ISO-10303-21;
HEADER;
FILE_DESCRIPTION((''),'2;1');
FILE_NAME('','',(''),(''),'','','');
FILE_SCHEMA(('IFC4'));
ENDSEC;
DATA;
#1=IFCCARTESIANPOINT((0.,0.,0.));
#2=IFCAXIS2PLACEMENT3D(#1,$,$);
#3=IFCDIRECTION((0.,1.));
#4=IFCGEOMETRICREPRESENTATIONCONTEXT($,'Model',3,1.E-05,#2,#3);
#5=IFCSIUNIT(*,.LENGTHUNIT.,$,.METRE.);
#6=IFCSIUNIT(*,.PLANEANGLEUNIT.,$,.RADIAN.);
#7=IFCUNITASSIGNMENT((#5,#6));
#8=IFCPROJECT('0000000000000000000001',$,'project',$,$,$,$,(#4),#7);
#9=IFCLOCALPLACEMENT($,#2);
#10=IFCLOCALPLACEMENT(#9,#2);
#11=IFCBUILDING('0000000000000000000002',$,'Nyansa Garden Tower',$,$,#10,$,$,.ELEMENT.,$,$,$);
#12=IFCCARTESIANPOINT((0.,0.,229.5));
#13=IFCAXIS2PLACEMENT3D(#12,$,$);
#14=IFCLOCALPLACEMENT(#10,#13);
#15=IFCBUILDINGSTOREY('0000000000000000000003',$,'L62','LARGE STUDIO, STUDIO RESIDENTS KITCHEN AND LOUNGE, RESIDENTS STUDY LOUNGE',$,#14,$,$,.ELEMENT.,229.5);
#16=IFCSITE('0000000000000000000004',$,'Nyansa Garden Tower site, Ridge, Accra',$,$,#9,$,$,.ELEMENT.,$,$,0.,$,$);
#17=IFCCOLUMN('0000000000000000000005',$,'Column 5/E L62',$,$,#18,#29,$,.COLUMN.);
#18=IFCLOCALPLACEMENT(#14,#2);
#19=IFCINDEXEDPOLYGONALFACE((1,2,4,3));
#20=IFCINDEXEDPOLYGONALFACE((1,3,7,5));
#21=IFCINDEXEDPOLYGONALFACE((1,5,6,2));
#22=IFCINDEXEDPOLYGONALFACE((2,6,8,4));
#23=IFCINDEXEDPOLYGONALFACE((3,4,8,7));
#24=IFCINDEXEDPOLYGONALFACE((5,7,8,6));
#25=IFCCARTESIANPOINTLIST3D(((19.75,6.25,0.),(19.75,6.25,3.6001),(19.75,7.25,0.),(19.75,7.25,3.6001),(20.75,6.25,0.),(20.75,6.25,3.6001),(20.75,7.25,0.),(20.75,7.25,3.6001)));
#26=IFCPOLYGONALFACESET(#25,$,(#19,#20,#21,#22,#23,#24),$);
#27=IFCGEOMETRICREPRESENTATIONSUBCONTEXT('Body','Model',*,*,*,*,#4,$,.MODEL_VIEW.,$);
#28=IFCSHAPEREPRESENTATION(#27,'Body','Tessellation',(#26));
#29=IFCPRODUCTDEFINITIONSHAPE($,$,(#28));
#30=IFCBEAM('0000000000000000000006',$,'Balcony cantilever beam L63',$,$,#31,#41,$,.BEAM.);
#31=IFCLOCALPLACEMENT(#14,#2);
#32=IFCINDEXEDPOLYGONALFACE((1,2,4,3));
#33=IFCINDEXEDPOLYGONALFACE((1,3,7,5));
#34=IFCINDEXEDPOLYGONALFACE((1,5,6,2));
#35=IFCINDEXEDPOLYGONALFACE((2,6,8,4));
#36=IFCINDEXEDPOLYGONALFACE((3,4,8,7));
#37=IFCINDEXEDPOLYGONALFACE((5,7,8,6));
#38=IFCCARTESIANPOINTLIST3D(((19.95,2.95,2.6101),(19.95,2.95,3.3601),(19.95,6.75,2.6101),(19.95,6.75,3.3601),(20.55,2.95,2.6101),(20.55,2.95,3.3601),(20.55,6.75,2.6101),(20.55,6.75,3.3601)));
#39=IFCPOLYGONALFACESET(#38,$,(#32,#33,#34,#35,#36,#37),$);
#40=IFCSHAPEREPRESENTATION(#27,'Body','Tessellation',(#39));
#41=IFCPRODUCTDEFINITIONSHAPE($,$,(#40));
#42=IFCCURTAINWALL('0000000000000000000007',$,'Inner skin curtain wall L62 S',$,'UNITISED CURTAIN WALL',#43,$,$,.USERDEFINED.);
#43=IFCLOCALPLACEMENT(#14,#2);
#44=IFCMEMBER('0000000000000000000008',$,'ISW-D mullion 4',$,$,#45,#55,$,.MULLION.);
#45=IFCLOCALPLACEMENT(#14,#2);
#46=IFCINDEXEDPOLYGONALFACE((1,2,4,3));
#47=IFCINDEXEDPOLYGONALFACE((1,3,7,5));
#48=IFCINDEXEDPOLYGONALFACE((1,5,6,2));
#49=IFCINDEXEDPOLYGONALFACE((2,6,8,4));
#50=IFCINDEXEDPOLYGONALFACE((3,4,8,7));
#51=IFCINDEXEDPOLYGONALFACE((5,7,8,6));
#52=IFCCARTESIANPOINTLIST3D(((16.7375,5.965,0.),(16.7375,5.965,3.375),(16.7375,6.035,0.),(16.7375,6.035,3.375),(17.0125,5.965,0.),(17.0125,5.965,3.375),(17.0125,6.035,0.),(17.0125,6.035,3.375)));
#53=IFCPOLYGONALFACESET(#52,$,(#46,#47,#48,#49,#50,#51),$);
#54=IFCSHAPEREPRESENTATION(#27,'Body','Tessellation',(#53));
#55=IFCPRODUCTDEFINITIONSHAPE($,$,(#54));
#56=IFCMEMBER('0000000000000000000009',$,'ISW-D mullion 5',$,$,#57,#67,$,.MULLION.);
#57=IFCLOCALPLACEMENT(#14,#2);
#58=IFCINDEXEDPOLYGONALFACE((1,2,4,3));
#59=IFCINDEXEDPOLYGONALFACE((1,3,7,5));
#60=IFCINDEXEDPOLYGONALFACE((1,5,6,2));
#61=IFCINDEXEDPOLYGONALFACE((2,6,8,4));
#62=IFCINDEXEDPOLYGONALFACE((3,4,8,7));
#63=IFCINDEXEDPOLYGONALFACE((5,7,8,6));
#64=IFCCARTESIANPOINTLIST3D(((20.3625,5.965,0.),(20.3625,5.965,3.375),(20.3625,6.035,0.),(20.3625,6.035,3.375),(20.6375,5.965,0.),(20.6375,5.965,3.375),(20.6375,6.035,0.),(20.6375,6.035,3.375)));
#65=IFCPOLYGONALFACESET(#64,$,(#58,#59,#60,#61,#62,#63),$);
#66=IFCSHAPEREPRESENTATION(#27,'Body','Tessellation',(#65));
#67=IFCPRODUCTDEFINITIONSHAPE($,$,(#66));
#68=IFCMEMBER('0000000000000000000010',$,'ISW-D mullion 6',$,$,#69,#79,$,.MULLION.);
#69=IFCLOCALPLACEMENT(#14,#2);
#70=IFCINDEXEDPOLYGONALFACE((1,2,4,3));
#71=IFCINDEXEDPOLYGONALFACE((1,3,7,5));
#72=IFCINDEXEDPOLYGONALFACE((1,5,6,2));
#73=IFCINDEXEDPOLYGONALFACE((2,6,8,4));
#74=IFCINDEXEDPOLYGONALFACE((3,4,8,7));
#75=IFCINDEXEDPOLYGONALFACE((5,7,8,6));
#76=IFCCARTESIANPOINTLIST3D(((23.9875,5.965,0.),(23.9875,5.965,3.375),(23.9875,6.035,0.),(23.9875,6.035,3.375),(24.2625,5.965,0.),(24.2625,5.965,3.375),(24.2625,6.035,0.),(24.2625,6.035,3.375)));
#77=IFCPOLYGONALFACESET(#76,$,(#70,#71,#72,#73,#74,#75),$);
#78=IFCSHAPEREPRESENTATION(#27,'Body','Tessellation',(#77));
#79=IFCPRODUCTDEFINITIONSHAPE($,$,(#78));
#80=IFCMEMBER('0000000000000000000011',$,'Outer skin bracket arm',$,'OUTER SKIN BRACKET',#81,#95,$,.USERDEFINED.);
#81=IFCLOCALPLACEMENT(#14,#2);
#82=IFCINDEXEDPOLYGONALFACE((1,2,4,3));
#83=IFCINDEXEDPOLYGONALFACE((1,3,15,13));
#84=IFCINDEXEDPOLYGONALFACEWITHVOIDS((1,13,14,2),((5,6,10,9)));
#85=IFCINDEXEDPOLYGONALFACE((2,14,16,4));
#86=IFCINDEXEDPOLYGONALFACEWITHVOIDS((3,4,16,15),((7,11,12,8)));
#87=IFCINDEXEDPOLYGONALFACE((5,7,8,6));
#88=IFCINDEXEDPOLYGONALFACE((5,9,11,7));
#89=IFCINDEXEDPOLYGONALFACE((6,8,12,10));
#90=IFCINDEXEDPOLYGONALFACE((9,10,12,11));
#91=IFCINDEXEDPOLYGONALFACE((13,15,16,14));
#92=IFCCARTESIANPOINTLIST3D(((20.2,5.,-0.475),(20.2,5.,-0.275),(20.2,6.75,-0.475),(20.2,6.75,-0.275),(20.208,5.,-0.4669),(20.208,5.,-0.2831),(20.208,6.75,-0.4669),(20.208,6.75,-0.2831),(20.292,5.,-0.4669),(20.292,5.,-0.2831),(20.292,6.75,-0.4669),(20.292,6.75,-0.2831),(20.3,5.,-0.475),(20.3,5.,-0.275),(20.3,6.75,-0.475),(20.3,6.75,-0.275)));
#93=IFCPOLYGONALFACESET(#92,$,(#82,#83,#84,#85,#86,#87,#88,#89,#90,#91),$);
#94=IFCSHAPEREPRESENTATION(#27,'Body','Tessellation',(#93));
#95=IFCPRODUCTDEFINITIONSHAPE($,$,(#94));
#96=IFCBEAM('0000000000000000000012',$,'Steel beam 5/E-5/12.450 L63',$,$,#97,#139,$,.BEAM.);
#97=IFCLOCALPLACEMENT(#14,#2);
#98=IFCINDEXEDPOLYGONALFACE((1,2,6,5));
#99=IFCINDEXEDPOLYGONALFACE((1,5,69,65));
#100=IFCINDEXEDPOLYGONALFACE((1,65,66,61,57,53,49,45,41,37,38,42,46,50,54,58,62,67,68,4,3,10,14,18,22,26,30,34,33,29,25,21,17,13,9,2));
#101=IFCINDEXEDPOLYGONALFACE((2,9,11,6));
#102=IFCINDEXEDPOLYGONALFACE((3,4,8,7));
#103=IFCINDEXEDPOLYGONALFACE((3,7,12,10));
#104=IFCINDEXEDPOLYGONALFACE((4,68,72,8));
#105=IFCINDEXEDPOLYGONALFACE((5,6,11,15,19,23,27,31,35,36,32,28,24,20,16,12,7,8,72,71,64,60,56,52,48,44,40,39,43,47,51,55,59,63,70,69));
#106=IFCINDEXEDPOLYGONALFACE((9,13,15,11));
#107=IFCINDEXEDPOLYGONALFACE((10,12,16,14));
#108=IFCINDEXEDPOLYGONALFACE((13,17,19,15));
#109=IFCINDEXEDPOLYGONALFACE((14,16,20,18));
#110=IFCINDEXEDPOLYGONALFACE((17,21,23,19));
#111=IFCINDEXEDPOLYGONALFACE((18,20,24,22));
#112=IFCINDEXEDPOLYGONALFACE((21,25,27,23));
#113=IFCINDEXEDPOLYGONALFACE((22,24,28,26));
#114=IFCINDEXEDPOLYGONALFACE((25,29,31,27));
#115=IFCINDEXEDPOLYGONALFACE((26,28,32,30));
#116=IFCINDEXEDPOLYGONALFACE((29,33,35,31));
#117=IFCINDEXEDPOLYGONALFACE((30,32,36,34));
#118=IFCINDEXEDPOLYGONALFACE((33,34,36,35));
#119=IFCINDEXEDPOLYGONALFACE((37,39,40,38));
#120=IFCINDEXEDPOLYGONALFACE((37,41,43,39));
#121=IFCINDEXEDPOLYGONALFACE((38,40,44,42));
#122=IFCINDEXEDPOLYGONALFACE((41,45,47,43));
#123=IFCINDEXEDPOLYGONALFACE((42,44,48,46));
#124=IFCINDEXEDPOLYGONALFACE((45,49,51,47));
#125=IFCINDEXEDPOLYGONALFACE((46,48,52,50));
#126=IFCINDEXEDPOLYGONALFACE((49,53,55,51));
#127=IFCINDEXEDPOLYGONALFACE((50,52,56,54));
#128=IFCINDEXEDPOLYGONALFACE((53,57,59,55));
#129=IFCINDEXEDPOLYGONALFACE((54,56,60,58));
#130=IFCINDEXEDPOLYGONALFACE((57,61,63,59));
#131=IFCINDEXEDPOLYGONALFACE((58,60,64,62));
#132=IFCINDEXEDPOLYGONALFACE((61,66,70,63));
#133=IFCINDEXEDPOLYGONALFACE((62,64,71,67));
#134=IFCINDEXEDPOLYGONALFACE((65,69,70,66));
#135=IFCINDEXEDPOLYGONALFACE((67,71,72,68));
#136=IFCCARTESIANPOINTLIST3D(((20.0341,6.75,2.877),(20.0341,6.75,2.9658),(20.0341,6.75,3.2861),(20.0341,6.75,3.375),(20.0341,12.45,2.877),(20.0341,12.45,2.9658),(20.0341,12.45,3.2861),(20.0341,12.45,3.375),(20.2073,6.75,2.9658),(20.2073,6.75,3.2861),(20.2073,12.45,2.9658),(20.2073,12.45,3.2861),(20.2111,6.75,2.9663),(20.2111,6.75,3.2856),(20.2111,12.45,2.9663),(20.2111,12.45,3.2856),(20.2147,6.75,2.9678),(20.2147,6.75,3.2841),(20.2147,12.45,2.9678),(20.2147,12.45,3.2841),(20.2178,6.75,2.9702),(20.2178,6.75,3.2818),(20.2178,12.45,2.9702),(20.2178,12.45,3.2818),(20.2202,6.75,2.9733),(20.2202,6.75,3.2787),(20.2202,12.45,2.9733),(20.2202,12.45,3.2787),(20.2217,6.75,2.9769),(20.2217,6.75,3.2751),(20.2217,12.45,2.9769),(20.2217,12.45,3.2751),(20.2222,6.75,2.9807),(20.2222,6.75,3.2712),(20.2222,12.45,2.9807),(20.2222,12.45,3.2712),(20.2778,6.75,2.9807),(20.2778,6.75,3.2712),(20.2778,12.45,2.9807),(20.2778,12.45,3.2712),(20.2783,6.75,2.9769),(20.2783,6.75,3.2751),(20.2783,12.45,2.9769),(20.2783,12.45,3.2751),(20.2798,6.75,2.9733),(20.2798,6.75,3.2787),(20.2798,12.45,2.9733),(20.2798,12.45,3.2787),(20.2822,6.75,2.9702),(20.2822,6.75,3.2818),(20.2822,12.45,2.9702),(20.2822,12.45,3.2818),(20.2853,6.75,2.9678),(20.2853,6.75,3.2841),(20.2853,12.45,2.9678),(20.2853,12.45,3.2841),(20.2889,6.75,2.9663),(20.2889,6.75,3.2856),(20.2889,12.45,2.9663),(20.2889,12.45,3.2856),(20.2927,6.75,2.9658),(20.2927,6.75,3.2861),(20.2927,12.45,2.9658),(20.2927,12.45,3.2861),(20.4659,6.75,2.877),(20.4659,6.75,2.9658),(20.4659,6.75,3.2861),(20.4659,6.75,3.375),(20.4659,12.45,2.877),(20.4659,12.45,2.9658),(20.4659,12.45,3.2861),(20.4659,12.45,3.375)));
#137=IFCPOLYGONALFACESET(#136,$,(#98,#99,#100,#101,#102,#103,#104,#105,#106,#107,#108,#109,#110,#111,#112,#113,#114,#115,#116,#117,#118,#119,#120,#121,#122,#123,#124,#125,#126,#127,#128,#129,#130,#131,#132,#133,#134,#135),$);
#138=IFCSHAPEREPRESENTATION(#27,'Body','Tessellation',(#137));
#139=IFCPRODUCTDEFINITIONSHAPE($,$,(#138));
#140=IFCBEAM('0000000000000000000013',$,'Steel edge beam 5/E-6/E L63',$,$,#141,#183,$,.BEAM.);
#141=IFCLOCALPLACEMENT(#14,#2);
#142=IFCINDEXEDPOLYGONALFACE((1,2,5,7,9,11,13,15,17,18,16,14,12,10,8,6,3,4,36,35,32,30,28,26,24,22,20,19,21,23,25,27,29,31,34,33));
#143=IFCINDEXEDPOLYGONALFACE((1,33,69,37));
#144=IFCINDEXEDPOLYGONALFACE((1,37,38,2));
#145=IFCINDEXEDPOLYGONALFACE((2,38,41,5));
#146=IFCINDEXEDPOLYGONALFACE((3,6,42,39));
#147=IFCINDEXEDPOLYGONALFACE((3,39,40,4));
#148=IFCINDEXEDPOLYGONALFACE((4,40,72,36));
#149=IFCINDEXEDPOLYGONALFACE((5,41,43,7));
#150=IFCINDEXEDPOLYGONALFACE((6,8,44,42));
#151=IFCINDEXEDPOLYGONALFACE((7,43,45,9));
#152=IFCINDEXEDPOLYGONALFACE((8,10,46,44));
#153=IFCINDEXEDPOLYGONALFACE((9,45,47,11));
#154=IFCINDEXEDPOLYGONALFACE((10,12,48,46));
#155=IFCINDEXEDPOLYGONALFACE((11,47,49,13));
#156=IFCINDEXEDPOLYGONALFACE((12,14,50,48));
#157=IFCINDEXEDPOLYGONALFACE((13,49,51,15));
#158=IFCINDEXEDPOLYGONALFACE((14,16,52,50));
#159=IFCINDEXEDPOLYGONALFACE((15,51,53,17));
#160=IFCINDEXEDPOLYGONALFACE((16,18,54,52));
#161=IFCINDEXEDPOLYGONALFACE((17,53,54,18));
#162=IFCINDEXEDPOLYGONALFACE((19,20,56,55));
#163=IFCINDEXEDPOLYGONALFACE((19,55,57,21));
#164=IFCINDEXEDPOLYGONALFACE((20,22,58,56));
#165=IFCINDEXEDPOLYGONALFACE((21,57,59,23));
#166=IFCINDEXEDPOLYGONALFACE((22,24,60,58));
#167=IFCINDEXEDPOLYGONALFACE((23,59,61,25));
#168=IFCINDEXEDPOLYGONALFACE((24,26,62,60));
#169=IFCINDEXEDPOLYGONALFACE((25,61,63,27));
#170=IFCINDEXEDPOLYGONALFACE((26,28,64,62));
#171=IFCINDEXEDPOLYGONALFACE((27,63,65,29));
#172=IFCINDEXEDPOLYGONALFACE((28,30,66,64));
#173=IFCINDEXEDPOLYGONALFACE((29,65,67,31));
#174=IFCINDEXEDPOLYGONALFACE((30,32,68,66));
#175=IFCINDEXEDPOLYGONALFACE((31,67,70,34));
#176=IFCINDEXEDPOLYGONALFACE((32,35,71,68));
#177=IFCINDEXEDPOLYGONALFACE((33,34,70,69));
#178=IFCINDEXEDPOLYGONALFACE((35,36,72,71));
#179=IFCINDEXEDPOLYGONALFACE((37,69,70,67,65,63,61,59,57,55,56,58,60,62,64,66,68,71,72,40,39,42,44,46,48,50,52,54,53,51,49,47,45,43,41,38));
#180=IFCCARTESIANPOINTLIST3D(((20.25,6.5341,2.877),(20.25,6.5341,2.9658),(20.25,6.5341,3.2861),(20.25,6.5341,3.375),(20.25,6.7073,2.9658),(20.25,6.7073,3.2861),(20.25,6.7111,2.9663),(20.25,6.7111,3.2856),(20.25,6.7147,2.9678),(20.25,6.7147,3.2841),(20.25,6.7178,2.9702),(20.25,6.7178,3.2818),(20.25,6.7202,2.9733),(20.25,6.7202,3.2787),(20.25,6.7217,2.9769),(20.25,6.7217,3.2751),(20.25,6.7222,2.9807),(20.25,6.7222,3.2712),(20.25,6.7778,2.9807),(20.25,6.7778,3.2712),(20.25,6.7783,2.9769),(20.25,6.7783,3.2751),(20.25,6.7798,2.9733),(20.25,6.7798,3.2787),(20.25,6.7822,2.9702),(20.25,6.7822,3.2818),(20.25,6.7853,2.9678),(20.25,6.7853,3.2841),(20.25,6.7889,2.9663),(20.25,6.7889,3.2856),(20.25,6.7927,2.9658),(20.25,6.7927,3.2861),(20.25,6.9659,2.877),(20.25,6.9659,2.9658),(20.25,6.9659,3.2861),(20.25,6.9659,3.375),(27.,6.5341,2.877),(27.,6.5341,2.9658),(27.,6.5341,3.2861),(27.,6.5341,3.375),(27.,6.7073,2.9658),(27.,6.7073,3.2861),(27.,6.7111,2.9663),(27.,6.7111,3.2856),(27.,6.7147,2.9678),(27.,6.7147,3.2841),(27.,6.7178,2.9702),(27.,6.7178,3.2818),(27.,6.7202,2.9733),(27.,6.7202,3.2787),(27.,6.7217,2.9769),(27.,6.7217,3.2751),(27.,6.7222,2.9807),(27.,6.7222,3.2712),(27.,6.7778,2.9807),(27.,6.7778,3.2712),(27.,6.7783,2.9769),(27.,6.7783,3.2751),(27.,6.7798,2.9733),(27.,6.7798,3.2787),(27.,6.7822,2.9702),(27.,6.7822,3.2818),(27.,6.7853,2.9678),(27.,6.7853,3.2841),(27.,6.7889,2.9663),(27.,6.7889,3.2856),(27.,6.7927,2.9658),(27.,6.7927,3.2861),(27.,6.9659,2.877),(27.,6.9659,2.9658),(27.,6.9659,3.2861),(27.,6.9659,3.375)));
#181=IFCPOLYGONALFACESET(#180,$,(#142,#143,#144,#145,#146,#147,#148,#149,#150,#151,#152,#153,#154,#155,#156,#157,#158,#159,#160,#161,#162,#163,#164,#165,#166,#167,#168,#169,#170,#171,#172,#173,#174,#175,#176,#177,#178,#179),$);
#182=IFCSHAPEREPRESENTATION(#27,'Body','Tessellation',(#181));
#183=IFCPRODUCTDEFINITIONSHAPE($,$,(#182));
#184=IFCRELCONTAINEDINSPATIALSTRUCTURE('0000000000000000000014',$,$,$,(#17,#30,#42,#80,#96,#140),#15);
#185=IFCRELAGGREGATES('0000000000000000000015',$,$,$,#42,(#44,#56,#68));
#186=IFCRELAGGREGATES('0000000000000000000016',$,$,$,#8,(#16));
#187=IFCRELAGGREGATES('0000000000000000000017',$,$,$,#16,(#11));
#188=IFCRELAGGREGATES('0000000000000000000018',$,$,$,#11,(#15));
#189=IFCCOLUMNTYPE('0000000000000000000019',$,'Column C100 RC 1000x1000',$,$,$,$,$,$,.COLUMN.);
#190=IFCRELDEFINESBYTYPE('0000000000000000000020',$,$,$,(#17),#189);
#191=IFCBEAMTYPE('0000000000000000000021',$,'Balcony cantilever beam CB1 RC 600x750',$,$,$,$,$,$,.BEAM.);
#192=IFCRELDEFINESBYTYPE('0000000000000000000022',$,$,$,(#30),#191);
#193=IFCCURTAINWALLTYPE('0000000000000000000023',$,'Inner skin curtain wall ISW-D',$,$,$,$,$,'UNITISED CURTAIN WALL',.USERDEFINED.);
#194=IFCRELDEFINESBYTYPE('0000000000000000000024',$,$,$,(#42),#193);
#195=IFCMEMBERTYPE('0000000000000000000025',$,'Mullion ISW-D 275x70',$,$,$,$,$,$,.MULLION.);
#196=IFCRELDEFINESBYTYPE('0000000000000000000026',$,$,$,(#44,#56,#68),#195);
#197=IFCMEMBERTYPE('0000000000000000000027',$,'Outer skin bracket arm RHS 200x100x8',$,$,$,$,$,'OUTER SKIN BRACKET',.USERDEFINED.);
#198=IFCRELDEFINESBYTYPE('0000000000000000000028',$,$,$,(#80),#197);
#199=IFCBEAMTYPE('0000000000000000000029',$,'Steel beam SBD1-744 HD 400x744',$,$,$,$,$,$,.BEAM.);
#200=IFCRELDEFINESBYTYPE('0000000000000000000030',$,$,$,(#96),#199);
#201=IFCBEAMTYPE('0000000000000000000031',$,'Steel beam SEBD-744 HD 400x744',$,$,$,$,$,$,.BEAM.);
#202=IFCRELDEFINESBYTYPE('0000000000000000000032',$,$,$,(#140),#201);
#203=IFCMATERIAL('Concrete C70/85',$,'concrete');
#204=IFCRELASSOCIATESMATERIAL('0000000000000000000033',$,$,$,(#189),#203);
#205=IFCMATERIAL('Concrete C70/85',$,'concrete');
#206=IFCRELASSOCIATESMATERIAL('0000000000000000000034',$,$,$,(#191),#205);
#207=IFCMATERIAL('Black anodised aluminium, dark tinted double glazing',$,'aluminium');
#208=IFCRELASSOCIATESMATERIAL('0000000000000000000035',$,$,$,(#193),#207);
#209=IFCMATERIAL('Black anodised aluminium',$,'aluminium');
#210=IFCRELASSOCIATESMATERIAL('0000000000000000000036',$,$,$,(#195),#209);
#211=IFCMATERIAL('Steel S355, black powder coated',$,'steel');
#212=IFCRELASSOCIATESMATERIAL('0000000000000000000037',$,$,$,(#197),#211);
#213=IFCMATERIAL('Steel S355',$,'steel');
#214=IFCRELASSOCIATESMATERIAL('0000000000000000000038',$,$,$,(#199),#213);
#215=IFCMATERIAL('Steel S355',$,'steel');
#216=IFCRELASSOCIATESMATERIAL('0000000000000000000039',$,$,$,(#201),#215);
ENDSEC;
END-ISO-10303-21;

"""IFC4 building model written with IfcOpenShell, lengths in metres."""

from ifc_helpers import new_model, si_unit, direction, frame, origin, origin_2d, place, context, subcontext, project, spatial, rectangle, hollow_rectangle, i_section, extrude, material, material_profile, profile_set, type_object, element, aggregate, save


model = new_model("IFC4")

# Units and contexts
model_context = context("Model", 3, precision=1e-05, world=origin(), true_north=direction((0.0, 1.0)))
body_context = subcontext(model_context, "Body", "Model", "MODEL_VIEW")
ifc_project = project(units=[si_unit("LENGTHUNIT", "METRE"), si_unit("PLANEANGLEUNIT", "RADIAN")], contexts=[model_context])

# Site, building, storey
site_placement = place(None, origin())
site = spatial("IfcSite", under=ifc_project, at=site_placement, Name="Nyansa Garden Tower site, Ridge, Accra", CompositionType="ELEMENT", RefElevation=0.0)
building_placement = place(site_placement, origin())
building = spatial("IfcBuilding", under=site, at=building_placement, Name="Nyansa Garden Tower", CompositionType="ELEMENT")
storey_placement = place(building_placement, frame((0.0, 0.0, 229.5)))
storey = spatial("IfcBuildingStorey", under=building, at=storey_placement, Name="L62", Description="LARGE STUDIO, STUDIO RESIDENTS KITCHEN AND LOUNGE, RESIDENTS STUDY LOUNGE", CompositionType="ELEMENT", Elevation=229.5)

# Column
ifc_material_1 = material(Name="Concrete C70/85", Category="concrete")
ifc_material_profile_1 = material_profile(ifc_material_1, rectangle(XDim=1.0, YDim=1.0, at=origin_2d()), Name="RC 1000x1000")
ifc_profile_set_1 = profile_set([ifc_material_profile_1], Name="Concrete C70/85")
column_type = type_object("IfcColumnType", Name="Column C100 RC 1000x1000", PredefinedType="COLUMN", material=ifc_profile_set_1)
column_placement = place(storey_placement, frame((20.25, 6.75, 0.0), z_axis=(0.0, 0.0, 1.0), x_axis=(1.0, 0.0, 0.0)))
element("IfcColumn", 1, at=column_placement, inside=storey, type_object=column_type, Name="Column 5/E L62", PredefinedType="COLUMN", context=body_context, shape_type="SweptSolid", body=[
    extrude(rectangle(XDim=1.0, YDim=1.0, at=origin_2d()), origin(), (0.0, 0.0, 1.0), 3.6001),
])

# Beam
ifc_material_2 = material(Name="Concrete C70/85", Category="concrete")
ifc_material_profile_2 = material_profile(ifc_material_2, rectangle(XDim=0.6001, YDim=0.75, at=origin_2d()), Name="RC 600x750")
ifc_profile_set_2 = profile_set([ifc_material_profile_2], Name="Concrete C70/85")
beam_type_1 = type_object("IfcBeamType", Name="Balcony cantilever beam CB1 RC 600x750", PredefinedType="BEAM", material=ifc_profile_set_2)
beam_1_placement = place(storey_placement, frame((20.25, 6.75, 2.9851), z_axis=(0.0, -1.0, 0.0), x_axis=(1.0, 0.0, 0.0)))
element("IfcBeam", 2, at=beam_1_placement, inside=storey, type_object=beam_type_1, Name="Balcony cantilever beam L63", PredefinedType="BEAM", context=body_context, shape_type="SweptSolid", body=[
    extrude(rectangle(XDim=0.6001, YDim=0.75, at=origin_2d()), origin(), (0.0, 0.0, 1.0), 3.8),
])

# Curtain wall, members
ifc_material_3 = material(Name="Black anodised aluminium, dark tinted double glazing", Category="aluminium")
curtain_wall_type = type_object("IfcCurtainWallType", Name="Inner skin curtain wall ISW-D", ElementType="UNITISED CURTAIN WALL", PredefinedType="USERDEFINED", material=ifc_material_3)
curtain_wall_placement = place(storey_placement, origin())
curtain_wall = element("IfcCurtainWall", 3, at=curtain_wall_placement, inside=storey, type_object=curtain_wall_type, Name="Inner skin curtain wall L62 S", ObjectType="UNITISED CURTAIN WALL", PredefinedType="USERDEFINED")
ifc_material_4 = material(Name="Black anodised aluminium", Category="aluminium")
ifc_material_profile_3 = material_profile(ifc_material_4, rectangle(XDim=0.0701, YDim=0.2749, at=origin_2d()), Name="Mullion 275x70")
ifc_profile_set_3 = profile_set([ifc_material_profile_3], Name="Black anodised aluminium")
member_type_1 = type_object("IfcMemberType", Name="Mullion ISW-D 275x70", PredefinedType="MULLION", material=ifc_profile_set_3)
member_1_placement = place(storey_placement, frame((16.875, 6.0, 0.0), z_axis=(0.0, 0.0, 1.0), x_axis=(0.0, 1.0, 0.0)))
member_1 = element("IfcMember", 4, at=member_1_placement, type_object=member_type_1, Name="ISW-D mullion 4", PredefinedType="MULLION", context=body_context, shape_type="SweptSolid", body=[
    extrude(rectangle(XDim=0.0701, YDim=0.2749, at=origin_2d()), origin(), (0.0, 0.0, 1.0), 3.375),
])
member_2_placement = place(storey_placement, frame((20.5, 6.0, 0.0), z_axis=(0.0, 0.0, 1.0), x_axis=(0.0, 1.0, 0.0)))
member_2 = element("IfcMember", 5, at=member_2_placement, type_object=member_type_1, Name="ISW-D mullion 5", PredefinedType="MULLION", context=body_context, shape_type="SweptSolid", body=[
    extrude(rectangle(XDim=0.0701, YDim=0.2749, at=origin_2d()), origin(), (0.0, 0.0, 1.0), 3.375),
])
member_3_placement = place(storey_placement, frame((24.125, 6.0, 0.0), z_axis=(0.0, 0.0, 1.0), x_axis=(0.0, 1.0, 0.0)))
member_3 = element("IfcMember", 6, at=member_3_placement, type_object=member_type_1, Name="ISW-D mullion 6", PredefinedType="MULLION", context=body_context, shape_type="SweptSolid", body=[
    extrude(rectangle(XDim=0.0701, YDim=0.2749, at=origin_2d()), origin(), (0.0, 0.0, 1.0), 3.375),
])

# Member
ifc_material_5 = material(Name="Steel S355, black powder coated", Category="steel")
ifc_material_profile_4 = material_profile(ifc_material_5, hollow_rectangle(XDim=0.1001, YDim=0.2, WallThickness=0.0081, at=origin_2d()), Name="RHS 200x100x8")
ifc_profile_set_4 = profile_set([ifc_material_profile_4], Name="Steel S355, black powder coated")
member_type_2 = type_object("IfcMemberType", Name="Outer skin bracket arm RHS 200x100x8", ElementType="OUTER SKIN BRACKET", PredefinedType="USERDEFINED", material=ifc_profile_set_4)
member_4_placement = place(storey_placement, frame((20.25, 6.75, -0.375), z_axis=(0.0, -1.0, 0.0), x_axis=(1.0, 0.0, 0.0)))
element("IfcMember", 7, at=member_4_placement, inside=storey, type_object=member_type_2, Name="Outer skin bracket arm", ObjectType="OUTER SKIN BRACKET", PredefinedType="USERDEFINED", context=body_context, shape_type="SweptSolid", body=[
    extrude(hollow_rectangle(XDim=0.1001, YDim=0.2, WallThickness=0.0081, at=origin_2d()), origin(), (0.0, 0.0, 1.0), 1.75),
])

# Beams
ifc_material_6 = material(Name="Steel S355", Category="steel")
ifc_material_profile_5 = material_profile(ifc_material_6, i_section(OverallWidth=0.4319, OverallDepth=0.498, WebThickness=0.0557, FlangeThickness=0.0889, FilletRadius=0.0149, at=origin_2d()), Name="HD 400x744")
ifc_profile_set_5 = profile_set([ifc_material_profile_5], Name="Steel S355")
beam_type_2 = type_object("IfcBeamType", Name="Steel beam SBD1-744 HD 400x744", PredefinedType="BEAM", material=ifc_profile_set_5)
beam_2_placement = place(storey_placement, frame((20.25, 6.75, 3.126), z_axis=(0.0, 1.0, 0.0), x_axis=(-1.0, 0.0, 0.0)))
element("IfcBeam", 8, at=beam_2_placement, inside=storey, type_object=beam_type_2, Name="Steel beam 5/E-5/12.450 L63", PredefinedType="BEAM", context=body_context, shape_type="SweptSolid", body=[
    extrude(i_section(OverallWidth=0.4319, OverallDepth=0.498, WebThickness=0.0557, FlangeThickness=0.0889, FilletRadius=0.0149, at=origin_2d()), origin(), (0.0, 0.0, 1.0), 5.7),
])
ifc_material_7 = material(Name="Steel S355", Category="steel")
ifc_material_profile_6 = material_profile(ifc_material_7, i_section(OverallWidth=0.4319, OverallDepth=0.498, WebThickness=0.0557, FlangeThickness=0.0889, FilletRadius=0.0149, at=origin_2d()), Name="HD 400x744")
ifc_profile_set_6 = profile_set([ifc_material_profile_6], Name="Steel S355")
beam_type_3 = type_object("IfcBeamType", Name="Steel beam SEBD-744 HD 400x744", PredefinedType="BEAM", material=ifc_profile_set_6)
beam_3_placement = place(storey_placement, frame((20.25, 6.75, 3.126), z_axis=(1.0, 0.0, 0.0), x_axis=(0.0, 1.0, 0.0)))
element("IfcBeam", 9, at=beam_3_placement, inside=storey, type_object=beam_type_3, Name="Steel edge beam 5/E-6/E L63", PredefinedType="BEAM", context=body_context, shape_type="SweptSolid", body=[
    extrude(i_section(OverallWidth=0.4319, OverallDepth=0.498, WebThickness=0.0557, FlangeThickness=0.0889, FilletRadius=0.0149, at=origin_2d()), origin(), (0.0, 0.0, 1.0), 6.75),
])

aggregate(curtain_wall, [member_1, member_2, member_3])

save(model, "model.ifc")
